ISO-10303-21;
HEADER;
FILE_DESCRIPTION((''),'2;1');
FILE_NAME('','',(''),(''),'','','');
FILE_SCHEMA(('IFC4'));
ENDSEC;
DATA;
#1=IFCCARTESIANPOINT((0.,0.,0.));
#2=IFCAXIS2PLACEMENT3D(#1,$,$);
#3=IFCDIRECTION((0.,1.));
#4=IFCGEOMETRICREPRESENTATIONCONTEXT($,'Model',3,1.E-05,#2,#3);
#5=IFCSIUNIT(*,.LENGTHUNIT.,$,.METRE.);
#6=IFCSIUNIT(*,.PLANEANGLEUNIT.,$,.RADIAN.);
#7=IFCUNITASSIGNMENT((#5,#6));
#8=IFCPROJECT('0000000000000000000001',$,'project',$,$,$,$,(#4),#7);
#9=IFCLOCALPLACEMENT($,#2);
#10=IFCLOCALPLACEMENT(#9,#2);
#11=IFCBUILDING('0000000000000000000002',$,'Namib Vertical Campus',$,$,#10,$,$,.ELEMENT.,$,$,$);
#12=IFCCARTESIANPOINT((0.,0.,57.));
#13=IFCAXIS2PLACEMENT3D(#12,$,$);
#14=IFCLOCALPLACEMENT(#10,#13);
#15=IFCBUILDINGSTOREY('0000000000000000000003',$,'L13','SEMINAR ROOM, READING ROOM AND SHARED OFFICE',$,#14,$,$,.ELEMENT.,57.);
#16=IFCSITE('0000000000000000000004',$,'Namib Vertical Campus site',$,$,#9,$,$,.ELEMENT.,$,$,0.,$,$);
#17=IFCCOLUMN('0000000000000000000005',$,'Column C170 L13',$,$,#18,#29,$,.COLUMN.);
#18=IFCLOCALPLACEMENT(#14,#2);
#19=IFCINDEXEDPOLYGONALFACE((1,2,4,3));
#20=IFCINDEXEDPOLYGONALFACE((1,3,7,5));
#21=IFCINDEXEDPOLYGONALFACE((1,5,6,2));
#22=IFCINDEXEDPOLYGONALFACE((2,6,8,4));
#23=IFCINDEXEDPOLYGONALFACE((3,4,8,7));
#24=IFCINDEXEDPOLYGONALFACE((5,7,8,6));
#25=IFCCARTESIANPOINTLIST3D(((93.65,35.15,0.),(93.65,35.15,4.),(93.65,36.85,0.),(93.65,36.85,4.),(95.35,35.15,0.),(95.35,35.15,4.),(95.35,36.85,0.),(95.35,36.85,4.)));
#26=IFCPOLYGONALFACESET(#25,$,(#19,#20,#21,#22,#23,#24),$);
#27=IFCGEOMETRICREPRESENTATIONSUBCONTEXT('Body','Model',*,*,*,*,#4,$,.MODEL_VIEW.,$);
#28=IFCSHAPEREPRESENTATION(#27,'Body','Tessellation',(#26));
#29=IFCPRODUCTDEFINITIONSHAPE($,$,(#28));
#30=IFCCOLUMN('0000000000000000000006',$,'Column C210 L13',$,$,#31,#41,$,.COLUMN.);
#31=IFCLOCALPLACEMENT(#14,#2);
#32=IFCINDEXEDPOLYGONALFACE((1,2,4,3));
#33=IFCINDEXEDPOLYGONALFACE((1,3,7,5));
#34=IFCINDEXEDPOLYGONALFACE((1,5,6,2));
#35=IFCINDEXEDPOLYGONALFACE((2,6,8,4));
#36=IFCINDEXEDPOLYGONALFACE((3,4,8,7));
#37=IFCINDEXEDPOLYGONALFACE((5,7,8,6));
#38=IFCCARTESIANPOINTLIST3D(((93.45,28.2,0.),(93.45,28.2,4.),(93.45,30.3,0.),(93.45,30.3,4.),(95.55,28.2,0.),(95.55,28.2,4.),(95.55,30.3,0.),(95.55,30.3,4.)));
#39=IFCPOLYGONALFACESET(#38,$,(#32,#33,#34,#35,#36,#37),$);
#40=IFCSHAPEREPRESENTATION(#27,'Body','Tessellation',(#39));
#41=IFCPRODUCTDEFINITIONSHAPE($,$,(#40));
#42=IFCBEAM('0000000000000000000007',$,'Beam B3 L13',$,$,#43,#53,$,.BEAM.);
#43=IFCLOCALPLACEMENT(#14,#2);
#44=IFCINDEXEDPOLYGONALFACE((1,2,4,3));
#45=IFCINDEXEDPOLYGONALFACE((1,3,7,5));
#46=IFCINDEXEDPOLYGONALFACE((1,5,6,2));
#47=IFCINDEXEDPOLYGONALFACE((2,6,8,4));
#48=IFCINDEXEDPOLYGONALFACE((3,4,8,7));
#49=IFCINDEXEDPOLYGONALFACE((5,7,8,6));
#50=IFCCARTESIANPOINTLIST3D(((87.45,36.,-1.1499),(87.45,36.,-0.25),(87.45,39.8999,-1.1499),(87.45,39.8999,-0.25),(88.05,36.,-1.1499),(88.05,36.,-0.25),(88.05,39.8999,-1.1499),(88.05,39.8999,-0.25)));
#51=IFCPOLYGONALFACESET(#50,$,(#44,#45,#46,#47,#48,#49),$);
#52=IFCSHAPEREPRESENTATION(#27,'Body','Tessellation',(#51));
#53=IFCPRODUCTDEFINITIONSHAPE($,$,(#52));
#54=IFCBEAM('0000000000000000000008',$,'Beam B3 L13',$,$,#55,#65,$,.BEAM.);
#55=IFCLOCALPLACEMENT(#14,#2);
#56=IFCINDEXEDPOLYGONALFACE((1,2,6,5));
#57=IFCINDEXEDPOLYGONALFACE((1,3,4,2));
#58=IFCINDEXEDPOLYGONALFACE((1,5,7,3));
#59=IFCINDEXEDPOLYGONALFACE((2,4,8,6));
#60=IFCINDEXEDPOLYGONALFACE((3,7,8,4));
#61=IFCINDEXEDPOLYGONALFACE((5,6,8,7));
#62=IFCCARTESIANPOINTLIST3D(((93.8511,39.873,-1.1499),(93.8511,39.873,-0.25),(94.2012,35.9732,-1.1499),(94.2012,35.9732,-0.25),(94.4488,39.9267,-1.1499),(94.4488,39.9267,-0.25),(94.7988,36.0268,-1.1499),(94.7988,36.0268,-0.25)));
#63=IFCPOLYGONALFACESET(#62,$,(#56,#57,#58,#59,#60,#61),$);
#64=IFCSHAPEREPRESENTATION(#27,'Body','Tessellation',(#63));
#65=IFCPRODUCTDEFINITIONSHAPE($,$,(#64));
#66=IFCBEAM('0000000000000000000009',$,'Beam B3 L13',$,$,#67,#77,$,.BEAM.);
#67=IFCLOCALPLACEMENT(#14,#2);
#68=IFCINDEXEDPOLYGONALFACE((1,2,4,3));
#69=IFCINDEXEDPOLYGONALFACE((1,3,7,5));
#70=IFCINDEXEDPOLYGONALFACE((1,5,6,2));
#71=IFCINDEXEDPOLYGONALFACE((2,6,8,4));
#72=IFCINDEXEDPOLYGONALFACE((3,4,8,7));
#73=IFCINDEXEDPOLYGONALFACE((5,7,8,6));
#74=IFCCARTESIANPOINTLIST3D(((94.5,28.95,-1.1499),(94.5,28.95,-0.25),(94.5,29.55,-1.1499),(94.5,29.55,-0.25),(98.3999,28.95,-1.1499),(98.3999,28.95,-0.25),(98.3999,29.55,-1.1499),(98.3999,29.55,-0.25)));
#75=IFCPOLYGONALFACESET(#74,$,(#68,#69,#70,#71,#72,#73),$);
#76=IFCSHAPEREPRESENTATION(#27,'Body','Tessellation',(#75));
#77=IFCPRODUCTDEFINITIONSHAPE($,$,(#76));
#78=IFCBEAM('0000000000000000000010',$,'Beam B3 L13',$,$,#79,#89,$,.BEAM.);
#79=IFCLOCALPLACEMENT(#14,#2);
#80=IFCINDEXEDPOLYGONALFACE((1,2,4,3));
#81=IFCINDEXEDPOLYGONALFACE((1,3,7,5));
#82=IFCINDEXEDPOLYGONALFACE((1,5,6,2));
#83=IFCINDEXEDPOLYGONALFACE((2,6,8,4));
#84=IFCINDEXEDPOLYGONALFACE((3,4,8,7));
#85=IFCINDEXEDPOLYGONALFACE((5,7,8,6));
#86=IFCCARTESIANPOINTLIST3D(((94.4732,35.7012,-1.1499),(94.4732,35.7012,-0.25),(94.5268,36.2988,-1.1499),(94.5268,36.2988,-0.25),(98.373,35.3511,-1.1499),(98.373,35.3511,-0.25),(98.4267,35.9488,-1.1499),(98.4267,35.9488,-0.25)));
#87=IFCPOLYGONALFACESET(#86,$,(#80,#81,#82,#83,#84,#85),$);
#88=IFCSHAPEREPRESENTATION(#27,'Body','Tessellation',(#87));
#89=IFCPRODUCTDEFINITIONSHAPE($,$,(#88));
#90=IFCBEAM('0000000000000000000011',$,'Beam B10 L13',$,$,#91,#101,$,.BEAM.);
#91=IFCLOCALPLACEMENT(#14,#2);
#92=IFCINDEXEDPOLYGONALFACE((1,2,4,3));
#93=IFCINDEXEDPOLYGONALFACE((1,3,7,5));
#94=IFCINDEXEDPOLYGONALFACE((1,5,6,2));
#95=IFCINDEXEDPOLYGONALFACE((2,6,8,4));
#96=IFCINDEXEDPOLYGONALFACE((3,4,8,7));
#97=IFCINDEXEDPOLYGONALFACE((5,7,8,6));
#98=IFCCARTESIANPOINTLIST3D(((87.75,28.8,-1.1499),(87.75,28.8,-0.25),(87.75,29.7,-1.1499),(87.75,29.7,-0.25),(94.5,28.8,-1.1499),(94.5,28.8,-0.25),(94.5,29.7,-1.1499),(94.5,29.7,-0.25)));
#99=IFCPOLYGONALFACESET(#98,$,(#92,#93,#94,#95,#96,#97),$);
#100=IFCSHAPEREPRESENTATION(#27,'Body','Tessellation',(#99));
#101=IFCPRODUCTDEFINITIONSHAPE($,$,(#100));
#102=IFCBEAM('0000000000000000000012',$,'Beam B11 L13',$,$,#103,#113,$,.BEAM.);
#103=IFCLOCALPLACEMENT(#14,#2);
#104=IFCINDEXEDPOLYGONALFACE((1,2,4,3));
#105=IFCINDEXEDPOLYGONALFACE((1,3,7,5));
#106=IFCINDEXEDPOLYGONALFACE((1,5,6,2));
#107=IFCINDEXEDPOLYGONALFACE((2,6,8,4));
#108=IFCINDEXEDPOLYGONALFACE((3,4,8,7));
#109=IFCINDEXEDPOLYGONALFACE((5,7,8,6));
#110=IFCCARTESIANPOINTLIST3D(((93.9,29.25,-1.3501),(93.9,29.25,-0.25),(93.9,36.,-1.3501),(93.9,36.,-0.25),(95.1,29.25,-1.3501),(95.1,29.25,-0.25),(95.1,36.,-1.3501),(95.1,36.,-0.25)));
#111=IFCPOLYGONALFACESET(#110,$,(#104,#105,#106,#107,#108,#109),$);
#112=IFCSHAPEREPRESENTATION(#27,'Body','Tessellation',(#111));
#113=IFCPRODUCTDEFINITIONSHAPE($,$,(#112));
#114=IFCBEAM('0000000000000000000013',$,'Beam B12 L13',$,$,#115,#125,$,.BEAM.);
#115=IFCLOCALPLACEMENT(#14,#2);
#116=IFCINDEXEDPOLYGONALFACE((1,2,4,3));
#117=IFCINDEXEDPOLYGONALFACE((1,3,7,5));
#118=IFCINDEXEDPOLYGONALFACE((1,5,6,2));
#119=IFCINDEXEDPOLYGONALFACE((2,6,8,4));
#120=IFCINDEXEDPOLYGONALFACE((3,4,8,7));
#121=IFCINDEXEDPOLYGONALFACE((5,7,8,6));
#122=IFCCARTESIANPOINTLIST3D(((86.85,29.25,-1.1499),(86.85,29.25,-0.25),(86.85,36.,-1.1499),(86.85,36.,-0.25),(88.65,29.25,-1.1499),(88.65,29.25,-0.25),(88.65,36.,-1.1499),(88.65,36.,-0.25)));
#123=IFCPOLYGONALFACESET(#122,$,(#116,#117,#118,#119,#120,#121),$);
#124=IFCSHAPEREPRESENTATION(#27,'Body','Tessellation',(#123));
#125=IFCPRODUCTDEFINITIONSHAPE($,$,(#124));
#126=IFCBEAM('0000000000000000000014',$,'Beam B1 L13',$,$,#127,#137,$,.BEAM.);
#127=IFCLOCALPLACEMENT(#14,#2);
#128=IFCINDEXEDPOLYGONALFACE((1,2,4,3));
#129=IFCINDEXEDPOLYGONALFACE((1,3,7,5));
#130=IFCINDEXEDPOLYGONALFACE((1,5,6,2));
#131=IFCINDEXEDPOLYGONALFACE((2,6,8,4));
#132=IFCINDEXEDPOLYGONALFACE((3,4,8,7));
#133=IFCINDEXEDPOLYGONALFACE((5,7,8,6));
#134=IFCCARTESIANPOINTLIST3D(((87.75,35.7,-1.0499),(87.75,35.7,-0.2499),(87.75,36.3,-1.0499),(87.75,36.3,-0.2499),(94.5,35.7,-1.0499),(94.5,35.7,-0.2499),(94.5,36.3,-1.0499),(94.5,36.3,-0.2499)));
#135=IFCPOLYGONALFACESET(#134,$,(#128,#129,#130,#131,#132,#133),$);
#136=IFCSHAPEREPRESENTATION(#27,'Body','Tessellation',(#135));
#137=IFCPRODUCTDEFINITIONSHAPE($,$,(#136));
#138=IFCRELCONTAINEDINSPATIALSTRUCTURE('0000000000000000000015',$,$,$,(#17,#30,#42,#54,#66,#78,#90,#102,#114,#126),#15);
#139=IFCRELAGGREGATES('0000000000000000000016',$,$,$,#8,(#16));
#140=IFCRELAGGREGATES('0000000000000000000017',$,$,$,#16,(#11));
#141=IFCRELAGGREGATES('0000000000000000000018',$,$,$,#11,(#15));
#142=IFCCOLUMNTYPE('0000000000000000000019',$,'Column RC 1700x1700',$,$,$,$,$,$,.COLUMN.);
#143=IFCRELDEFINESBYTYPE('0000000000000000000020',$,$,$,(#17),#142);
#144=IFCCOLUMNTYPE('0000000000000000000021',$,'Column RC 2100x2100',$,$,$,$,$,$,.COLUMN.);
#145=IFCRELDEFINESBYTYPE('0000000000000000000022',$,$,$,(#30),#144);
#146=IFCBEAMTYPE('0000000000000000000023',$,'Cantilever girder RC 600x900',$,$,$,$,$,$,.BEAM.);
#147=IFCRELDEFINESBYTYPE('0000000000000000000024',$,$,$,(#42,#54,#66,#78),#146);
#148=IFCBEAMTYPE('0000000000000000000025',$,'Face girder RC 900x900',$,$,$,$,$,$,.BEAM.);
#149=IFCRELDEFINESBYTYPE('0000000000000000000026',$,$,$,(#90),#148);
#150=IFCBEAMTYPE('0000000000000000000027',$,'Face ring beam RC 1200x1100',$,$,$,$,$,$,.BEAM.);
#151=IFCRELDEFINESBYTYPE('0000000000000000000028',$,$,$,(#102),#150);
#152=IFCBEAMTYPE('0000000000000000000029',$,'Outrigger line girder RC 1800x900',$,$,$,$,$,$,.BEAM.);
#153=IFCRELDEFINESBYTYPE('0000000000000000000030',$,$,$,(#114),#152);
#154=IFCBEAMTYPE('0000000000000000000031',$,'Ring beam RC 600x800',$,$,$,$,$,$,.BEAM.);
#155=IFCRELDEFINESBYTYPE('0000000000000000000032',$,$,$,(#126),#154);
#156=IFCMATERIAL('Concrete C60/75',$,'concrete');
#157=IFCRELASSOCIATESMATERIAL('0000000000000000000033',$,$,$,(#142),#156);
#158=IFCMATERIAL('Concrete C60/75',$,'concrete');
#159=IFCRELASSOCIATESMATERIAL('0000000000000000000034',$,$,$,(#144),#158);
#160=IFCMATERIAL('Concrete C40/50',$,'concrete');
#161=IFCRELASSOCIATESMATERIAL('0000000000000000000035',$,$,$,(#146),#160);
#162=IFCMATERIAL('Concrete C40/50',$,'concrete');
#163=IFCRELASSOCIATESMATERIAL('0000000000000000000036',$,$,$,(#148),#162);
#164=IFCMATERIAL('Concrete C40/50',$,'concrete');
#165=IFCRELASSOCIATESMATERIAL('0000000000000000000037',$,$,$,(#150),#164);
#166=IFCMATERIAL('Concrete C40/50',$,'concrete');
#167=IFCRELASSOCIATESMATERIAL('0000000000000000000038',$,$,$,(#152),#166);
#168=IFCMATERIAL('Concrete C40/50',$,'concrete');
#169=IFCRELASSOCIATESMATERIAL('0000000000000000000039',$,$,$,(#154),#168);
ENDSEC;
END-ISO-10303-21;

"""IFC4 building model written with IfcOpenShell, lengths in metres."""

from ifc_helpers import new_model, si_unit, direction, frame, origin, origin_2d, place, context, subcontext, project, spatial, rectangle, extrude, material, material_profile, profile_set, type_object, element, save


model = new_model("IFC4")

# Units and contexts
model_context = context("Model", 3, precision=1e-05, world=origin(), true_north=direction((0.0, 1.0)))
body_context = subcontext(model_context, "Body", "Model", "MODEL_VIEW")
ifc_project = project(units=[si_unit("LENGTHUNIT", "METRE"), si_unit("PLANEANGLEUNIT", "RADIAN")], contexts=[model_context])

# Site, building, storey
site_placement = place(None, origin())
site = spatial("IfcSite", under=ifc_project, at=site_placement, Name="Namib Vertical Campus site", CompositionType="ELEMENT", RefElevation=0.0)
building_placement = place(site_placement, origin())
building = spatial("IfcBuilding", under=site, at=building_placement, Name="Namib Vertical Campus", CompositionType="ELEMENT")
storey_placement = place(building_placement, frame((0.0, 0.0, 57.0)))
storey = spatial("IfcBuildingStorey", under=building, at=storey_placement, Name="L13", Description="SEMINAR ROOM, READING ROOM AND SHARED OFFICE", CompositionType="ELEMENT", Elevation=57.0)

# Columns
ifc_material_1 = material(Name="Concrete C60/75", Category="concrete")
ifc_material_profile_1 = material_profile(ifc_material_1, rectangle(XDim=1.7, YDim=1.7, at=origin_2d()))
ifc_profile_set_1 = profile_set([ifc_material_profile_1], Name="Concrete C60/75")
column_type_1 = type_object("IfcColumnType", Name="Column RC 1700x1700", PredefinedType="COLUMN", material=ifc_profile_set_1)
column_1_placement = place(storey_placement, frame((94.5, 36.0, 0.0), z_axis=(0.0, 0.0, 1.0), x_axis=(1.0, 0.0, 0.0)))
element("IfcColumn", 1, at=column_1_placement, inside=storey, type_object=column_type_1, Name="Column C170 L13", PredefinedType="COLUMN", context=body_context, shape_type="SweptSolid", body=[
    extrude(rectangle(XDim=1.7, YDim=1.7, at=origin_2d()), origin(), (0.0, 0.0, 1.0), 4.0),
])
ifc_material_2 = material(Name="Concrete C60/75", Category="concrete")
ifc_material_profile_2 = material_profile(ifc_material_2, rectangle(XDim=2.1001, YDim=2.1001, at=origin_2d()))
ifc_profile_set_2 = profile_set([ifc_material_profile_2], Name="Concrete C60/75")
column_type_2 = type_object("IfcColumnType", Name="Column RC 2100x2100", PredefinedType="COLUMN", material=ifc_profile_set_2)
column_2_placement = place(storey_placement, frame((94.5, 29.25, 0.0), z_axis=(0.0, 0.0, 1.0), x_axis=(1.0, 0.0, 0.0)))
element("IfcColumn", 2, at=column_2_placement, inside=storey, type_object=column_type_2, Name="Column C210 L13", PredefinedType="COLUMN", context=body_context, shape_type="SweptSolid", body=[
    extrude(rectangle(XDim=2.1001, YDim=2.1001, at=origin_2d()), origin(), (0.0, 0.0, 1.0), 4.0),
])

# Beams
ifc_material_3 = material(Name="Concrete C40/50", Category="concrete")
ifc_material_profile_3 = material_profile(ifc_material_3, rectangle(XDim=0.6001, YDim=0.8999, at=origin_2d()))
ifc_profile_set_3 = profile_set([ifc_material_profile_3], Name="Concrete C40/50")
beam_type_1 = type_object("IfcBeamType", Name="Cantilever girder RC 600x900", PredefinedType="BEAM", material=ifc_profile_set_3)
beam_1_placement = place(storey_placement, frame((87.75, 36.0, -0.7), z_axis=(0.0, 1.0, 0.0), x_axis=(-1.0, 0.0, 0.0)))
element("IfcBeam", 3, at=beam_1_placement, inside=storey, type_object=beam_type_1, Name="Beam B3 L13", PredefinedType="BEAM", context=body_context, shape_type="SweptSolid", body=[
    extrude(rectangle(XDim=0.6001, YDim=0.8999, at=origin_2d()), origin(), (0.0, 0.0, 1.0), 3.8999),
])
beam_2_placement = place(storey_placement, frame((94.5, 36.0, -0.7), z_axis=(-0.089411, 0.995995, 0.0), x_axis=(-0.995995, -0.089411, 0.0)))
element("IfcBeam", 4, at=beam_2_placement, inside=storey, type_object=beam_type_1, Name="Beam B3 L13", PredefinedType="BEAM", context=body_context, shape_type="SweptSolid", body=[
    extrude(rectangle(XDim=0.6001, YDim=0.8999, at=origin_2d()), origin(), (0.0, 0.0, 1.0), 3.9155),
])
beam_3_placement = place(storey_placement, frame((94.5, 29.25, -0.7), z_axis=(1.0, 0.0, 0.0), x_axis=(0.0, 1.0, 0.0)))
element("IfcBeam", 5, at=beam_3_placement, inside=storey, type_object=beam_type_1, Name="Beam B3 L13", PredefinedType="BEAM", context=body_context, shape_type="SweptSolid", body=[
    extrude(rectangle(XDim=0.6001, YDim=0.8999, at=origin_2d()), origin(), (0.0, 0.0, 1.0), 3.8999),
])
beam_4_placement = place(storey_placement, frame((94.5, 36.0, -0.7), z_axis=(0.995995, -0.089411, 0.0), x_axis=(0.089411, 0.995995, 0.0)))
element("IfcBeam", 6, at=beam_4_placement, inside=storey, type_object=beam_type_1, Name="Beam B3 L13", PredefinedType="BEAM", context=body_context, shape_type="SweptSolid", body=[
    extrude(rectangle(XDim=0.6001, YDim=0.8999, at=origin_2d()), origin(), (0.0, 0.0, 1.0), 3.9155),
])
ifc_material_4 = material(Name="Concrete C40/50", Category="concrete")
ifc_material_profile_4 = material_profile(ifc_material_4, rectangle(XDim=0.8999, YDim=0.8999, at=origin_2d()))
ifc_profile_set_4 = profile_set([ifc_material_profile_4], Name="Concrete C40/50")
beam_type_2 = type_object("IfcBeamType", Name="Face girder RC 900x900", PredefinedType="BEAM", material=ifc_profile_set_4)
beam_5_placement = place(storey_placement, frame((94.5, 29.25, -0.7), z_axis=(-1.0, 0.0, 0.0), x_axis=(0.0, -1.0, 0.0)))
element("IfcBeam", 7, at=beam_5_placement, inside=storey, type_object=beam_type_2, Name="Beam B10 L13", PredefinedType="BEAM", context=body_context, shape_type="SweptSolid", body=[
    extrude(rectangle(XDim=0.8999, YDim=0.8999, at=origin_2d()), origin(), (0.0, 0.0, 1.0), 6.75),
])
ifc_material_5 = material(Name="Concrete C40/50", Category="concrete")
ifc_material_profile_5 = material_profile(ifc_material_5, rectangle(XDim=1.2, YDim=1.1001, at=origin_2d()))
ifc_profile_set_5 = profile_set([ifc_material_profile_5], Name="Concrete C40/50")
beam_type_3 = type_object("IfcBeamType", Name="Face ring beam RC 1200x1100", PredefinedType="BEAM", material=ifc_profile_set_5)
beam_6_placement = place(storey_placement, frame((94.5, 29.25, -0.8), z_axis=(0.0, 1.0, 0.0), x_axis=(-1.0, 0.0, 0.0)))
element("IfcBeam", 8, at=beam_6_placement, inside=storey, type_object=beam_type_3, Name="Beam B11 L13", PredefinedType="BEAM", context=body_context, shape_type="SweptSolid", body=[
    extrude(rectangle(XDim=1.2, YDim=1.1001, at=origin_2d()), origin(), (0.0, 0.0, 1.0), 6.75),
])
ifc_material_6 = material(Name="Concrete C40/50", Category="concrete")
ifc_material_profile_6 = material_profile(ifc_material_6, rectangle(XDim=1.8, YDim=0.8999, at=origin_2d()))
ifc_profile_set_6 = profile_set([ifc_material_profile_6], Name="Concrete C40/50")
beam_type_4 = type_object("IfcBeamType", Name="Outrigger line girder RC 1800x900", PredefinedType="BEAM", material=ifc_profile_set_6)
beam_7_placement = place(storey_placement, frame((87.75, 36.0, -0.7), z_axis=(0.0, -1.0, 0.0), x_axis=(1.0, 0.0, 0.0)))
element("IfcBeam", 9, at=beam_7_placement, inside=storey, type_object=beam_type_4, Name="Beam B12 L13", PredefinedType="BEAM", context=body_context, shape_type="SweptSolid", body=[
    extrude(rectangle(XDim=1.8, YDim=0.8999, at=origin_2d()), origin(), (0.0, 0.0, 1.0), 6.75),
])
ifc_material_7 = material(Name="Concrete C40/50", Category="concrete")
ifc_material_profile_7 = material_profile(ifc_material_7, rectangle(XDim=0.6001, YDim=0.8, at=origin_2d()))
ifc_profile_set_7 = profile_set([ifc_material_profile_7], Name="Concrete C40/50")
beam_type_5 = type_object("IfcBeamType", Name="Ring beam RC 600x800", PredefinedType="BEAM", material=ifc_profile_set_7)
beam_8_placement = place(storey_placement, frame((87.75, 36.0, -0.6499), z_axis=(1.0, 0.0, 0.0), x_axis=(0.0, 1.0, 0.0)))
element("IfcBeam", 10, at=beam_8_placement, inside=storey, type_object=beam_type_5, Name="Beam B1 L13", PredefinedType="BEAM", context=body_context, shape_type="SweptSolid", body=[
    extrude(rectangle(XDim=0.6001, YDim=0.8, at=origin_2d()), origin(), (0.0, 0.0, 1.0), 6.75),
])

save(model, "model.ifc")
